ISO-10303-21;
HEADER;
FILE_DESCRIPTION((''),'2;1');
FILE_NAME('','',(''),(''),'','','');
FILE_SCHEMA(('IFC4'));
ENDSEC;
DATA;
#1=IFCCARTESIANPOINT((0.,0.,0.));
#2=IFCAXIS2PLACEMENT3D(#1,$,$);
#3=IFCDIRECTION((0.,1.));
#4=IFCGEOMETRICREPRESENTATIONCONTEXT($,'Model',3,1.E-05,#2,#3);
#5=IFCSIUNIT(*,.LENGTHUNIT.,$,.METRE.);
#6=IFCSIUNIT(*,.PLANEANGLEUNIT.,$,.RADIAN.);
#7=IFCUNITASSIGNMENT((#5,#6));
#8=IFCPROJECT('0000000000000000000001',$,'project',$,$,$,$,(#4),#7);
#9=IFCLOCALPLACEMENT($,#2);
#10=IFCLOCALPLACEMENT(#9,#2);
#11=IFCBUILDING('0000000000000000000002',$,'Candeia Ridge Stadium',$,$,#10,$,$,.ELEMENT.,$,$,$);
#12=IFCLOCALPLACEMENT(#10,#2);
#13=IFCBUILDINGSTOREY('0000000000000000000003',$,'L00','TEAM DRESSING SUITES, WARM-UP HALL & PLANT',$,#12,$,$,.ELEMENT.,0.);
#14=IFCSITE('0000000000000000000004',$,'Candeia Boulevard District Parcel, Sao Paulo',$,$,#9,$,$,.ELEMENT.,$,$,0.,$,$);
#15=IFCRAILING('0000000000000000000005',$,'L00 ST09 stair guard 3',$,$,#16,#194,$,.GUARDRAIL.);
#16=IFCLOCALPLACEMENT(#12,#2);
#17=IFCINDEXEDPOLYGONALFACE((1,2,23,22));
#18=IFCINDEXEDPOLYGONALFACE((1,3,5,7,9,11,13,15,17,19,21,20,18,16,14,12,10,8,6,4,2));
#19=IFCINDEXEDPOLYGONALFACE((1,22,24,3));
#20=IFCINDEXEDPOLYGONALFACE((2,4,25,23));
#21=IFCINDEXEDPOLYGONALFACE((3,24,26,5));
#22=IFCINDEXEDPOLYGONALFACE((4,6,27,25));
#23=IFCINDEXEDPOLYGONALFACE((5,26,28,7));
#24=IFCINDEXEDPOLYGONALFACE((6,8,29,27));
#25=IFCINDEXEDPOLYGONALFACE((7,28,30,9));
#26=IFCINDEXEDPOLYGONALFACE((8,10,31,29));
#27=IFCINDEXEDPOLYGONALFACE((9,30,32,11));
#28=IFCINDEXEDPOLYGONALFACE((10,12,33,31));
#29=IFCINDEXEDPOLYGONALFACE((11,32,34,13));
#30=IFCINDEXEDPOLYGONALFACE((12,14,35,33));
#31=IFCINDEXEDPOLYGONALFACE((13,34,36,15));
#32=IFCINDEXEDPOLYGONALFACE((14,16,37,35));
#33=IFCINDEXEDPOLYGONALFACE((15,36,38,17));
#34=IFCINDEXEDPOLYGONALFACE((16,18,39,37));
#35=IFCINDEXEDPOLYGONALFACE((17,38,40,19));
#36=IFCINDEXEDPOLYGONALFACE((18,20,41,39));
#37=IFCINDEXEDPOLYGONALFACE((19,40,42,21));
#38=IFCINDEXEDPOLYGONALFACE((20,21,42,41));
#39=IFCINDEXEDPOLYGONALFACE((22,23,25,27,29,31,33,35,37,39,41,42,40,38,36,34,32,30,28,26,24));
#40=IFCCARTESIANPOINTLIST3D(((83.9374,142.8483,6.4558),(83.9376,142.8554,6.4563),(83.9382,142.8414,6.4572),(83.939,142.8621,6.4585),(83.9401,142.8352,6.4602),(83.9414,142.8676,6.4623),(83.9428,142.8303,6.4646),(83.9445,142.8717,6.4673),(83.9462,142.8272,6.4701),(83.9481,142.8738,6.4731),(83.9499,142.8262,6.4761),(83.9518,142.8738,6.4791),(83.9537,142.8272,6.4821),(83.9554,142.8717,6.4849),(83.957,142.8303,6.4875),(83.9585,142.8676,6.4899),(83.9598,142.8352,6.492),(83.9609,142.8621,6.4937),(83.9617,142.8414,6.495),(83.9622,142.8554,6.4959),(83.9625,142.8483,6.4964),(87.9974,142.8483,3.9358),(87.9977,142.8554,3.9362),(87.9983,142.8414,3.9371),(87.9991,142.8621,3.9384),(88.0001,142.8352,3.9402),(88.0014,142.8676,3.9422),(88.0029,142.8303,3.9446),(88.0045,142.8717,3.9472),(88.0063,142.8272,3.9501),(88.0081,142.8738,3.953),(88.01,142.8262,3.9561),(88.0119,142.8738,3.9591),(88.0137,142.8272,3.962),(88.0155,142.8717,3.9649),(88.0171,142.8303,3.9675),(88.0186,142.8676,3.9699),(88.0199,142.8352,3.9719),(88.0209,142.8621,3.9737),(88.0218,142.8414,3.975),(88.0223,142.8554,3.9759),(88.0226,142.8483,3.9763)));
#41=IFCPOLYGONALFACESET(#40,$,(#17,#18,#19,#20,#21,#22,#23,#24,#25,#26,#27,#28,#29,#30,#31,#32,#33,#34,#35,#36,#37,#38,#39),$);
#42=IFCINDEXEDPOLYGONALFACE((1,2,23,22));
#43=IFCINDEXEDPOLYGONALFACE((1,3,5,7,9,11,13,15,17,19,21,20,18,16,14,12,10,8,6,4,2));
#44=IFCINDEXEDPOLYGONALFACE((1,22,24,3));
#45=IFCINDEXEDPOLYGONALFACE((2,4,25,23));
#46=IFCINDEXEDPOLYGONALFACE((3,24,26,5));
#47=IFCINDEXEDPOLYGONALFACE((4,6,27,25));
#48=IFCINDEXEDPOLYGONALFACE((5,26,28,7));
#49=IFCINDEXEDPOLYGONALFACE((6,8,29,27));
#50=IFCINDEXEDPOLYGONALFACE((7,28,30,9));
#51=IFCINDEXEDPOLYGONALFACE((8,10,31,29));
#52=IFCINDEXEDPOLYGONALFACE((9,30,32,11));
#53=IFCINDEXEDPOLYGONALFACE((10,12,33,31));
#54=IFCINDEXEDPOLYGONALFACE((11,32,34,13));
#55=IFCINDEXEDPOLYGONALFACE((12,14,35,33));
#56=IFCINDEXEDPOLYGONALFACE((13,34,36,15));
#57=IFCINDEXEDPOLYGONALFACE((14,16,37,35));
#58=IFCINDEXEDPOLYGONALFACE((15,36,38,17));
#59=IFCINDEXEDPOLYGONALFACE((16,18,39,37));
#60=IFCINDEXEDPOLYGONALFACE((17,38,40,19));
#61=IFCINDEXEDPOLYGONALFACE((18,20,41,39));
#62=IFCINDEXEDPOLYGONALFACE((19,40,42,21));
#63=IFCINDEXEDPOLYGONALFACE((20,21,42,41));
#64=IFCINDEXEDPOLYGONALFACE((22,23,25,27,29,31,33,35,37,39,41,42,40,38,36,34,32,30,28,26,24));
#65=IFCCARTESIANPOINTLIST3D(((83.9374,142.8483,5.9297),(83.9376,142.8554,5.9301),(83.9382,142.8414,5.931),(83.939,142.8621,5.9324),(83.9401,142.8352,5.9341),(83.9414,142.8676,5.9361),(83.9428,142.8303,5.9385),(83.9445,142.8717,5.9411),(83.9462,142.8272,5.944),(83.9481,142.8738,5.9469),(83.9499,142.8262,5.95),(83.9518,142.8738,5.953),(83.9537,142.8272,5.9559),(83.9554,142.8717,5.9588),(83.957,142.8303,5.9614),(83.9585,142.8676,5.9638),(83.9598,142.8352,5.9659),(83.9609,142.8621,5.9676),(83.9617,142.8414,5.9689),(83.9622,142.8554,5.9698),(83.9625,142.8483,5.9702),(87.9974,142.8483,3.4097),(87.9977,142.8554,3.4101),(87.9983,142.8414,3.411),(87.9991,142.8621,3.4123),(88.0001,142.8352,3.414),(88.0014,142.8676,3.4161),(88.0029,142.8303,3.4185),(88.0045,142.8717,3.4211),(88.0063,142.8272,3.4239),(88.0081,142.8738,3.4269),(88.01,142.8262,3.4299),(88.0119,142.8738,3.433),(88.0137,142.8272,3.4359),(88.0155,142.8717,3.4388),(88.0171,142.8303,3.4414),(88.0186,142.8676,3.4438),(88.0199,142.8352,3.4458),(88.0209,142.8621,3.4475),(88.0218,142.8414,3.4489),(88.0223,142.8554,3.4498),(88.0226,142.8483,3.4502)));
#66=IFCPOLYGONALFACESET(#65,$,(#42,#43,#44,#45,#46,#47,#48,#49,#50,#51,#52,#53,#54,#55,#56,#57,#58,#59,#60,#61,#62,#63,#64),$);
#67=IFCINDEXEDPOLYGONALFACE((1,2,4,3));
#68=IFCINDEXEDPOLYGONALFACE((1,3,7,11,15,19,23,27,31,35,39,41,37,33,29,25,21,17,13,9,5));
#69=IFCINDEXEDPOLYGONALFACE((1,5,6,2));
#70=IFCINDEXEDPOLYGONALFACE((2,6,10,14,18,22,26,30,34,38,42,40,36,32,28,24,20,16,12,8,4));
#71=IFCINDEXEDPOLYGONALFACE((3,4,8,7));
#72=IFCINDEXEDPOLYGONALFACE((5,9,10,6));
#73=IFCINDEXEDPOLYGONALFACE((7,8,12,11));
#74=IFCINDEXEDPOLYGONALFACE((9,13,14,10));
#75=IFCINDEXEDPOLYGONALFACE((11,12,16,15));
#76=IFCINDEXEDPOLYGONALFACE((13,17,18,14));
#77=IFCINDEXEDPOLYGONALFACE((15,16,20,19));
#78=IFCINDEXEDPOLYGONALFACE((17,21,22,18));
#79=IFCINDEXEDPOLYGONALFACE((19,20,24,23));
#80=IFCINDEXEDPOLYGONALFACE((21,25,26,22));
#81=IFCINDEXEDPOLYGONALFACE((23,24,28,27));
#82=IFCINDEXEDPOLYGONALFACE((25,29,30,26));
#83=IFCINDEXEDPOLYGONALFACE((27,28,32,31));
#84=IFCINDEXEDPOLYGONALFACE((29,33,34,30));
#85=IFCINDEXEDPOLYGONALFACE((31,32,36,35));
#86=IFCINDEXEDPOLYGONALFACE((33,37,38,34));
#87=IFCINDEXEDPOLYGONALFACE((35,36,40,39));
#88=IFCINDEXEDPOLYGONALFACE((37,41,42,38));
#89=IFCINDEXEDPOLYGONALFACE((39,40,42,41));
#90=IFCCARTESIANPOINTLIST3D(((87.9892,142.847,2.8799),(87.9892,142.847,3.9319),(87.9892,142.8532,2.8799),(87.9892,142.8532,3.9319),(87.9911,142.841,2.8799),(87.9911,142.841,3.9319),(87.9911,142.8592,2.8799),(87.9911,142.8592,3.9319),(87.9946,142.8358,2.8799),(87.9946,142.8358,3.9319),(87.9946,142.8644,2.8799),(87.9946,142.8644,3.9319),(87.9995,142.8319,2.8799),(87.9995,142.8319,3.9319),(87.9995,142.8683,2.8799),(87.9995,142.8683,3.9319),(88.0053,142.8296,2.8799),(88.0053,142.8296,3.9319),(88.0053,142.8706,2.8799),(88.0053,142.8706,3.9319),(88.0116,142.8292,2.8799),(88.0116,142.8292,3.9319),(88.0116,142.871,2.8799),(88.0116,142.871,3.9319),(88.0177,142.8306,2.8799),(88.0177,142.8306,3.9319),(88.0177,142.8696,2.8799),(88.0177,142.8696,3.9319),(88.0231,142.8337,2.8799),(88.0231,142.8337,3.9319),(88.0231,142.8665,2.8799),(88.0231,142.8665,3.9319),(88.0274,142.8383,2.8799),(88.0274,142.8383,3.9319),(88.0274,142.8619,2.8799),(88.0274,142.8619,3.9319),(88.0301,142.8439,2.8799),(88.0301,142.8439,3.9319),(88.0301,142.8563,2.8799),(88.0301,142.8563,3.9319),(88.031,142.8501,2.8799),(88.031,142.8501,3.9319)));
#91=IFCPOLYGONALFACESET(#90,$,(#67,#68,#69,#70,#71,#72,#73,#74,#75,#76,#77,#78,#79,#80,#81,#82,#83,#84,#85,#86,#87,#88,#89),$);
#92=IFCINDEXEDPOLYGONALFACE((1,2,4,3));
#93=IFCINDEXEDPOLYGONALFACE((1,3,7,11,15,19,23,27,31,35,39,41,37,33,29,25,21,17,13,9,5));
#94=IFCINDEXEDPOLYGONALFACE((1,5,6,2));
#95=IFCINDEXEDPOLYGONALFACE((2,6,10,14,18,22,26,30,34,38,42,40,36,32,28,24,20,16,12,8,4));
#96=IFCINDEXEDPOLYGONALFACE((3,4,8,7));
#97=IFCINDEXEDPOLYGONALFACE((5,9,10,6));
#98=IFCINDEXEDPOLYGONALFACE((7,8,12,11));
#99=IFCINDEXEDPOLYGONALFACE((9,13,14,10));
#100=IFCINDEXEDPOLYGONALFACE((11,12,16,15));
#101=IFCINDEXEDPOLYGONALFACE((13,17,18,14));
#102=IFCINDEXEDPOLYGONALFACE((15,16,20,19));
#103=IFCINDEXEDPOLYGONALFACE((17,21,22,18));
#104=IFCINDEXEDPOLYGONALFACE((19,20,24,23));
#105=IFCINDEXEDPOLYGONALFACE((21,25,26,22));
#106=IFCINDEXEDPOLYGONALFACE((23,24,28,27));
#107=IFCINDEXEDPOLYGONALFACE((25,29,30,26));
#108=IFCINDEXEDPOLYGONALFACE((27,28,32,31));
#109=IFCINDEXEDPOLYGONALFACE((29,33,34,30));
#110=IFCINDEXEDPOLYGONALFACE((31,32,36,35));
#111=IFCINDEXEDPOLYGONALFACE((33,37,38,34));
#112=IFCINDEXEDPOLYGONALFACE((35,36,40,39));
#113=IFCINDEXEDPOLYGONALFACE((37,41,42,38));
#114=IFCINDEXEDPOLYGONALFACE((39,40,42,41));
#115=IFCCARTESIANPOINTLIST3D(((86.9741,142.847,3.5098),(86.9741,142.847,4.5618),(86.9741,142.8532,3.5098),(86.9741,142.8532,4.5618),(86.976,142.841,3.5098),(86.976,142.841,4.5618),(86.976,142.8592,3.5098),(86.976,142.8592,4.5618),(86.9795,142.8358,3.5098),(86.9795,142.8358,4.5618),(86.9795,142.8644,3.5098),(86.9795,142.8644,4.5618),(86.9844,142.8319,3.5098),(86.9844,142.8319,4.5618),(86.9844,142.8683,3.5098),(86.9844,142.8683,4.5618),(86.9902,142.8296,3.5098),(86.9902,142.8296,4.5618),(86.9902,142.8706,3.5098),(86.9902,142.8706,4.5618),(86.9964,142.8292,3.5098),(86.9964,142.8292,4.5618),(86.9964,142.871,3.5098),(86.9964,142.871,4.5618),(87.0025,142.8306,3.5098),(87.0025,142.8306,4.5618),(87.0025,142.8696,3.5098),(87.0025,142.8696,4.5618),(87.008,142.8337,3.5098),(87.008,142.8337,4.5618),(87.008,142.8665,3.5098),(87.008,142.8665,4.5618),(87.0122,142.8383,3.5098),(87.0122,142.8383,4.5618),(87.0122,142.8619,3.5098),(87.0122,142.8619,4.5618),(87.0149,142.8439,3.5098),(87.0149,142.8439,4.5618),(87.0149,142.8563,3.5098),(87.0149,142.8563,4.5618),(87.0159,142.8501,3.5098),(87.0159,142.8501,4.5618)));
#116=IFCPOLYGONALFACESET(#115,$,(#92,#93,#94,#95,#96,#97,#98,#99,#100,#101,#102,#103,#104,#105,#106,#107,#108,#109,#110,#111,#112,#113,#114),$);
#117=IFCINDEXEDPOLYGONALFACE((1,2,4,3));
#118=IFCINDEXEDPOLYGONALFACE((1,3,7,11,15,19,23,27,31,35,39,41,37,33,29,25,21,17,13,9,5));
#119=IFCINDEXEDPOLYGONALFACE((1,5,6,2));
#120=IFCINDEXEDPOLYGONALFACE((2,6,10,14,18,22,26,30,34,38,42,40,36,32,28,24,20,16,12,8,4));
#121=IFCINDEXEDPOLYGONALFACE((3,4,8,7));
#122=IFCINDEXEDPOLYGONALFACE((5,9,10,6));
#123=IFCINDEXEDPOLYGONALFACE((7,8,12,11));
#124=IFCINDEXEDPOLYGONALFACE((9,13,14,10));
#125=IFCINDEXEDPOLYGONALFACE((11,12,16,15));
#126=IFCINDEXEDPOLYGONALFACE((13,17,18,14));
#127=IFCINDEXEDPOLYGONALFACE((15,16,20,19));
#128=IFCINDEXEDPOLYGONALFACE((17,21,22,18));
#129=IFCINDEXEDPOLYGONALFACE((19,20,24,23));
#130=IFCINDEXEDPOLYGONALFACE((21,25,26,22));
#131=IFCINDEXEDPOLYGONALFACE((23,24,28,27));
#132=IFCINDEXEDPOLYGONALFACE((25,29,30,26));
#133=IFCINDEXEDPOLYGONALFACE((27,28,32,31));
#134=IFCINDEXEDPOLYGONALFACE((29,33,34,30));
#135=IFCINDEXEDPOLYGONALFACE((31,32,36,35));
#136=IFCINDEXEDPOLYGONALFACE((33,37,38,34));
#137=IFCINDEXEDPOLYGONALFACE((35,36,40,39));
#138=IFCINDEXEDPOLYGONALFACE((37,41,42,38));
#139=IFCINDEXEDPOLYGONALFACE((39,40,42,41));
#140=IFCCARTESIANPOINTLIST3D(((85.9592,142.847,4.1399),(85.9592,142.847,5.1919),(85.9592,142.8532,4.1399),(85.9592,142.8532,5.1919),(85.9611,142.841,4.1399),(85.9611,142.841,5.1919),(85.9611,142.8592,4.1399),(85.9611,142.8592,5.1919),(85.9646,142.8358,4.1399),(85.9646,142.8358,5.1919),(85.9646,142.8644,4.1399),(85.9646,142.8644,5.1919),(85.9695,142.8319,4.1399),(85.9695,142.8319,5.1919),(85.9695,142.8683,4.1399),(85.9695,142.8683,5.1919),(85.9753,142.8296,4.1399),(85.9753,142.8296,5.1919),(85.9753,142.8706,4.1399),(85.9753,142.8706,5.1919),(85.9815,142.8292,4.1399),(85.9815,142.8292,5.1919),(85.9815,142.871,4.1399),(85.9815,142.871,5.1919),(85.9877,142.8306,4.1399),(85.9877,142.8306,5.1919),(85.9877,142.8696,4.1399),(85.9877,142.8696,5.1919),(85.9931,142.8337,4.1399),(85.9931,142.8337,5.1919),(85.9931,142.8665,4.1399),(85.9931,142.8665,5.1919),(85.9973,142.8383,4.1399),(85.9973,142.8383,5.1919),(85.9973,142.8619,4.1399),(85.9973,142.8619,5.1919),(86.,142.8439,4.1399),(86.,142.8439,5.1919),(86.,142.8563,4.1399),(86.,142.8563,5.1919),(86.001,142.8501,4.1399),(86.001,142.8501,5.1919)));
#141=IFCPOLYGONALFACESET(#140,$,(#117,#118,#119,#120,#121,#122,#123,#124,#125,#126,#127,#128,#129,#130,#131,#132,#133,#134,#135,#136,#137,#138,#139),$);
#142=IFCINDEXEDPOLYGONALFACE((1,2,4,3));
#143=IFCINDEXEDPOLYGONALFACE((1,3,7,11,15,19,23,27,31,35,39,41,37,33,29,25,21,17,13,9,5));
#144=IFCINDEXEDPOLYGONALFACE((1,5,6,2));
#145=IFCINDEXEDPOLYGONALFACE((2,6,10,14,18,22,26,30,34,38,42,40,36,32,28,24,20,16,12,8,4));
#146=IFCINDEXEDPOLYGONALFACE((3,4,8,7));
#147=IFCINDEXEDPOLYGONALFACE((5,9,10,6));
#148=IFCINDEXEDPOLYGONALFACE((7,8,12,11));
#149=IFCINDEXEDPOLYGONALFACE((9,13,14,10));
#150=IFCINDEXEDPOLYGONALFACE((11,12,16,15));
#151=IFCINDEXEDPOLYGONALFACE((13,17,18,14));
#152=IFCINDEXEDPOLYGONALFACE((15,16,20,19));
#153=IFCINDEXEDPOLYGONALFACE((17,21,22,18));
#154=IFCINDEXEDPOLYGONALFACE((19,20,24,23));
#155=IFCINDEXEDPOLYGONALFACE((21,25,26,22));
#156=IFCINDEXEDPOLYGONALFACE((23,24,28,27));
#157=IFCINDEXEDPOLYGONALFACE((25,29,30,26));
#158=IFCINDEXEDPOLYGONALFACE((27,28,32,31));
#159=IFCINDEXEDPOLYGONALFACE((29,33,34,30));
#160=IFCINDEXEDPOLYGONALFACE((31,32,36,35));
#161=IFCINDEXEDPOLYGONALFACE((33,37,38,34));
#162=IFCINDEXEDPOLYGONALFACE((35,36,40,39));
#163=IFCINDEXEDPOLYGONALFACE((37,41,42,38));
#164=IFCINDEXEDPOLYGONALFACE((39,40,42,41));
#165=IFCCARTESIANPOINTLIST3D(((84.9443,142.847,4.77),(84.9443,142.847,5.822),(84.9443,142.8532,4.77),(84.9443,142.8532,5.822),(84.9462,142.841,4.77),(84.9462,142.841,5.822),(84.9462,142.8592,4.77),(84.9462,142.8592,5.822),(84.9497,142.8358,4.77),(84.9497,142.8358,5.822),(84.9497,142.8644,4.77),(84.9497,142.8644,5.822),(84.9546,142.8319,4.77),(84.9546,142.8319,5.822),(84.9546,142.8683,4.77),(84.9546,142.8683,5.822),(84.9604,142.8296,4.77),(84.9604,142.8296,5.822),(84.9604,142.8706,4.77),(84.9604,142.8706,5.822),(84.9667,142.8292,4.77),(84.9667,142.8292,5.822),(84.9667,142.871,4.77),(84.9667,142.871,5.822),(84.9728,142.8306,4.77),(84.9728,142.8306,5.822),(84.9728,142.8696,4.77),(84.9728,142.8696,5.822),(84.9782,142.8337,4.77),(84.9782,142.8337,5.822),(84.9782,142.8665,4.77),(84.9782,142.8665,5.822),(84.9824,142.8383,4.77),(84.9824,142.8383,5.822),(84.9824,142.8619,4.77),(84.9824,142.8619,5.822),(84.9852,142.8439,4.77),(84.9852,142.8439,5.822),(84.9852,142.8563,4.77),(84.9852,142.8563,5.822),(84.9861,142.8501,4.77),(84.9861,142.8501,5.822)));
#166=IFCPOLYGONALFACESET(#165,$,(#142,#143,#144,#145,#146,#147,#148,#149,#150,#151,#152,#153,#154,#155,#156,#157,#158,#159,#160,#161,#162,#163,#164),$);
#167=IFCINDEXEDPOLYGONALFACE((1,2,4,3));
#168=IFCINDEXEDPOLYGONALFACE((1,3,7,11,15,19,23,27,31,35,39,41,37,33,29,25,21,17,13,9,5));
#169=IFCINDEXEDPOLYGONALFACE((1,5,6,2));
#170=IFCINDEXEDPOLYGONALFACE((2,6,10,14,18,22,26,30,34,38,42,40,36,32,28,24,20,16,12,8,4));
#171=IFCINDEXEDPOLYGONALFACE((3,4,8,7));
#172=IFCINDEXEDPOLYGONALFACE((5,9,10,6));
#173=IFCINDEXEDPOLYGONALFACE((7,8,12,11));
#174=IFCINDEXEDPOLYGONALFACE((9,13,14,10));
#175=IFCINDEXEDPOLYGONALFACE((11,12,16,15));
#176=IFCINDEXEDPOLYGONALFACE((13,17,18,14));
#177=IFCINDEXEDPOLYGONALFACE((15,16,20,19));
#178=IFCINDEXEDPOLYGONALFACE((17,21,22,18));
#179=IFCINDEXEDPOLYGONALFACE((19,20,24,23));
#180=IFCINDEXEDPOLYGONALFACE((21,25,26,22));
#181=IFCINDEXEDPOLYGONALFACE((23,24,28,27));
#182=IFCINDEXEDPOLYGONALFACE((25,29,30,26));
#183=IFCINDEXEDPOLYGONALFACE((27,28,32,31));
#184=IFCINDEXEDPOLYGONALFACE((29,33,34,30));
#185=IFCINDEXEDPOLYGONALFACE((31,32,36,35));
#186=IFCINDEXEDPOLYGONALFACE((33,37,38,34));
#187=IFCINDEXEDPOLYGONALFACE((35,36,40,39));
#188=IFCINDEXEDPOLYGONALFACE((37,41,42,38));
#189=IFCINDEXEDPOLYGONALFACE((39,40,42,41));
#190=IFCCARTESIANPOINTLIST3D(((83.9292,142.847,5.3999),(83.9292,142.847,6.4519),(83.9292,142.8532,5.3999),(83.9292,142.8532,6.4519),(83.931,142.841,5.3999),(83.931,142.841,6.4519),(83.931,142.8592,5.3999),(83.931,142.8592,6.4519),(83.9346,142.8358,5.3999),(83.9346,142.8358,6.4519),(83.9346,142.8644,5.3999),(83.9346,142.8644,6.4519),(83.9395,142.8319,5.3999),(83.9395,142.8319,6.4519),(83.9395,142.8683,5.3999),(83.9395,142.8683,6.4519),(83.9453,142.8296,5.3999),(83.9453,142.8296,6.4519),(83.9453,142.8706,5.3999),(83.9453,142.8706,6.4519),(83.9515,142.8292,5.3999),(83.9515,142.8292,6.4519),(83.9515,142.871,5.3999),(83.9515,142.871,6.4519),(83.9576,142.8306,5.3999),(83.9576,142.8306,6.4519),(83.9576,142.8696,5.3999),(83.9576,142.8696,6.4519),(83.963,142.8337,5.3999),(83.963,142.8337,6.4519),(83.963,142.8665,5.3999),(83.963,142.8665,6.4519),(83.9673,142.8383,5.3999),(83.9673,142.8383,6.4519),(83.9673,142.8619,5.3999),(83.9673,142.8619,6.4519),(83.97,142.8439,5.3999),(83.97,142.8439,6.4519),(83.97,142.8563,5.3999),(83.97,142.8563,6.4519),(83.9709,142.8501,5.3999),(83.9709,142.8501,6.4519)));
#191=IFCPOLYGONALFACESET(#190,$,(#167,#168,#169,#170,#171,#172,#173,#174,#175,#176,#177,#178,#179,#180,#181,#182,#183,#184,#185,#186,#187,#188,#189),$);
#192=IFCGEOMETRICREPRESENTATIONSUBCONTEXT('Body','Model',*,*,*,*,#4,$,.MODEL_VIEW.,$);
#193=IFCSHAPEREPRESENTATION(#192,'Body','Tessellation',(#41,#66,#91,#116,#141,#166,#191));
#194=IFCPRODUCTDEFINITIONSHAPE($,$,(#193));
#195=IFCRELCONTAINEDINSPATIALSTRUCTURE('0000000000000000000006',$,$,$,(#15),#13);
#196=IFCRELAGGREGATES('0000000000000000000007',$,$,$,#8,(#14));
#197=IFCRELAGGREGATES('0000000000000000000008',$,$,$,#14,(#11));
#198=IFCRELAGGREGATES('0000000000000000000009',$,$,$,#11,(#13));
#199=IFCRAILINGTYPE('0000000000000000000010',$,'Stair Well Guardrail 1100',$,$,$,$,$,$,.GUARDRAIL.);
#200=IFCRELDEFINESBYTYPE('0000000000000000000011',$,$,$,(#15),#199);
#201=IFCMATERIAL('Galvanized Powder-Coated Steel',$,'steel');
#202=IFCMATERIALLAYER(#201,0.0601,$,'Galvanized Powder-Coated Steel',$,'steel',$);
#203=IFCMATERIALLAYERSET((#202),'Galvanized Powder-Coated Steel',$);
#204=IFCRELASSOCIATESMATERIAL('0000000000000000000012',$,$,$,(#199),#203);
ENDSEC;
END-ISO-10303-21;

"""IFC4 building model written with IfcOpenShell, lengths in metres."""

from ifc_helpers import new_model, si_unit, direction, frame, origin, origin_2d, place, context, subcontext, project, spatial, circle, extrude, material, layer, layer_set, type_object, element, save


model = new_model("IFC4")

# Units and contexts
model_context = context("Model", 3, precision=1e-05, world=origin(), true_north=direction((0.0, 1.0)))
body_context = subcontext(model_context, "Body", "Model", "MODEL_VIEW")
ifc_project = project(units=[si_unit("LENGTHUNIT", "METRE"), si_unit("PLANEANGLEUNIT", "RADIAN")], contexts=[model_context])

# Site, building, storey
site_placement = place(None, origin())
site = spatial("IfcSite", under=ifc_project, at=site_placement, Name="Candeia Boulevard District Parcel, Sao Paulo", CompositionType="ELEMENT", RefElevation=0.0)
building_placement = place(site_placement, origin())
building = spatial("IfcBuilding", under=site, at=building_placement, Name="Candeia Ridge Stadium", CompositionType="ELEMENT")
storey_placement = place(building_placement, origin())
storey = spatial("IfcBuildingStorey", under=building, at=storey_placement, Name="L00", Description="TEAM DRESSING SUITES, WARM-UP HALL & PLANT", CompositionType="ELEMENT", Elevation=0.0)

# Railing
ifc_material_1 = material(Name="Galvanized Powder-Coated Steel", Category="steel")
ifc_layer_1 = layer(ifc_material_1, 0.0601, Name="Galvanized Powder-Coated Steel", Category="steel")
ifc_layer_set_1 = layer_set([ifc_layer_1], Name="Galvanized Powder-Coated Steel")
railing_type_1 = type_object("IfcRailingType", Name="Stair Well Guardrail 1100", PredefinedType="GUARDRAIL", material=ifc_layer_set_1)
railing_1_placement = place(storey_placement, frame((88.01, 142.8501, 2.8799)))
element("IfcRailing", 1, at=railing_1_placement, inside=storey, type_object=railing_type_1, Name="L00 ST09 stair guard 3", PredefinedType="GUARDRAIL", context=body_context, shape_type="SweptSolid", body=[
    extrude(circle(Radius=0.0239, at=origin_2d()), frame((0.0, 0.0, 1.0762), z_axis=(-0.849642, 0.0, 0.52736), x_axis=(0.0, -1.0, 0.0)), (0.0, 0.0, 1.0), 4.7786),
    extrude(circle(Radius=0.0239, at=origin_2d()), frame((0.0, 0.0, 0.55), z_axis=(-0.849642, 0.0, 0.52736), x_axis=(0.0, -1.0, 0.0)), (0.0, 0.0, 1.0), 4.7786),
    extrude(circle(Radius=0.021, at=origin_2d()), origin(), (0.0, 0.0, 1.0), 1.052),
    extrude(circle(Radius=0.021, at=origin_2d()), frame((-1.0151, 0.0, 0.6299)), (0.0, 0.0, 1.0), 1.052),
    extrude(circle(Radius=0.021, at=origin_2d()), frame((-2.03, 0.0, 1.26)), (0.0, 0.0, 1.0), 1.052),
    extrude(circle(Radius=0.021, at=origin_2d()), frame((-3.0449, 0.0, 1.8901)), (0.0, 0.0, 1.0), 1.052),
    extrude(circle(Radius=0.021, at=origin_2d()), frame((-4.0601, 0.0, 2.52)), (0.0, 0.0, 1.0), 1.052),
])

save(model, "model.ifc")
